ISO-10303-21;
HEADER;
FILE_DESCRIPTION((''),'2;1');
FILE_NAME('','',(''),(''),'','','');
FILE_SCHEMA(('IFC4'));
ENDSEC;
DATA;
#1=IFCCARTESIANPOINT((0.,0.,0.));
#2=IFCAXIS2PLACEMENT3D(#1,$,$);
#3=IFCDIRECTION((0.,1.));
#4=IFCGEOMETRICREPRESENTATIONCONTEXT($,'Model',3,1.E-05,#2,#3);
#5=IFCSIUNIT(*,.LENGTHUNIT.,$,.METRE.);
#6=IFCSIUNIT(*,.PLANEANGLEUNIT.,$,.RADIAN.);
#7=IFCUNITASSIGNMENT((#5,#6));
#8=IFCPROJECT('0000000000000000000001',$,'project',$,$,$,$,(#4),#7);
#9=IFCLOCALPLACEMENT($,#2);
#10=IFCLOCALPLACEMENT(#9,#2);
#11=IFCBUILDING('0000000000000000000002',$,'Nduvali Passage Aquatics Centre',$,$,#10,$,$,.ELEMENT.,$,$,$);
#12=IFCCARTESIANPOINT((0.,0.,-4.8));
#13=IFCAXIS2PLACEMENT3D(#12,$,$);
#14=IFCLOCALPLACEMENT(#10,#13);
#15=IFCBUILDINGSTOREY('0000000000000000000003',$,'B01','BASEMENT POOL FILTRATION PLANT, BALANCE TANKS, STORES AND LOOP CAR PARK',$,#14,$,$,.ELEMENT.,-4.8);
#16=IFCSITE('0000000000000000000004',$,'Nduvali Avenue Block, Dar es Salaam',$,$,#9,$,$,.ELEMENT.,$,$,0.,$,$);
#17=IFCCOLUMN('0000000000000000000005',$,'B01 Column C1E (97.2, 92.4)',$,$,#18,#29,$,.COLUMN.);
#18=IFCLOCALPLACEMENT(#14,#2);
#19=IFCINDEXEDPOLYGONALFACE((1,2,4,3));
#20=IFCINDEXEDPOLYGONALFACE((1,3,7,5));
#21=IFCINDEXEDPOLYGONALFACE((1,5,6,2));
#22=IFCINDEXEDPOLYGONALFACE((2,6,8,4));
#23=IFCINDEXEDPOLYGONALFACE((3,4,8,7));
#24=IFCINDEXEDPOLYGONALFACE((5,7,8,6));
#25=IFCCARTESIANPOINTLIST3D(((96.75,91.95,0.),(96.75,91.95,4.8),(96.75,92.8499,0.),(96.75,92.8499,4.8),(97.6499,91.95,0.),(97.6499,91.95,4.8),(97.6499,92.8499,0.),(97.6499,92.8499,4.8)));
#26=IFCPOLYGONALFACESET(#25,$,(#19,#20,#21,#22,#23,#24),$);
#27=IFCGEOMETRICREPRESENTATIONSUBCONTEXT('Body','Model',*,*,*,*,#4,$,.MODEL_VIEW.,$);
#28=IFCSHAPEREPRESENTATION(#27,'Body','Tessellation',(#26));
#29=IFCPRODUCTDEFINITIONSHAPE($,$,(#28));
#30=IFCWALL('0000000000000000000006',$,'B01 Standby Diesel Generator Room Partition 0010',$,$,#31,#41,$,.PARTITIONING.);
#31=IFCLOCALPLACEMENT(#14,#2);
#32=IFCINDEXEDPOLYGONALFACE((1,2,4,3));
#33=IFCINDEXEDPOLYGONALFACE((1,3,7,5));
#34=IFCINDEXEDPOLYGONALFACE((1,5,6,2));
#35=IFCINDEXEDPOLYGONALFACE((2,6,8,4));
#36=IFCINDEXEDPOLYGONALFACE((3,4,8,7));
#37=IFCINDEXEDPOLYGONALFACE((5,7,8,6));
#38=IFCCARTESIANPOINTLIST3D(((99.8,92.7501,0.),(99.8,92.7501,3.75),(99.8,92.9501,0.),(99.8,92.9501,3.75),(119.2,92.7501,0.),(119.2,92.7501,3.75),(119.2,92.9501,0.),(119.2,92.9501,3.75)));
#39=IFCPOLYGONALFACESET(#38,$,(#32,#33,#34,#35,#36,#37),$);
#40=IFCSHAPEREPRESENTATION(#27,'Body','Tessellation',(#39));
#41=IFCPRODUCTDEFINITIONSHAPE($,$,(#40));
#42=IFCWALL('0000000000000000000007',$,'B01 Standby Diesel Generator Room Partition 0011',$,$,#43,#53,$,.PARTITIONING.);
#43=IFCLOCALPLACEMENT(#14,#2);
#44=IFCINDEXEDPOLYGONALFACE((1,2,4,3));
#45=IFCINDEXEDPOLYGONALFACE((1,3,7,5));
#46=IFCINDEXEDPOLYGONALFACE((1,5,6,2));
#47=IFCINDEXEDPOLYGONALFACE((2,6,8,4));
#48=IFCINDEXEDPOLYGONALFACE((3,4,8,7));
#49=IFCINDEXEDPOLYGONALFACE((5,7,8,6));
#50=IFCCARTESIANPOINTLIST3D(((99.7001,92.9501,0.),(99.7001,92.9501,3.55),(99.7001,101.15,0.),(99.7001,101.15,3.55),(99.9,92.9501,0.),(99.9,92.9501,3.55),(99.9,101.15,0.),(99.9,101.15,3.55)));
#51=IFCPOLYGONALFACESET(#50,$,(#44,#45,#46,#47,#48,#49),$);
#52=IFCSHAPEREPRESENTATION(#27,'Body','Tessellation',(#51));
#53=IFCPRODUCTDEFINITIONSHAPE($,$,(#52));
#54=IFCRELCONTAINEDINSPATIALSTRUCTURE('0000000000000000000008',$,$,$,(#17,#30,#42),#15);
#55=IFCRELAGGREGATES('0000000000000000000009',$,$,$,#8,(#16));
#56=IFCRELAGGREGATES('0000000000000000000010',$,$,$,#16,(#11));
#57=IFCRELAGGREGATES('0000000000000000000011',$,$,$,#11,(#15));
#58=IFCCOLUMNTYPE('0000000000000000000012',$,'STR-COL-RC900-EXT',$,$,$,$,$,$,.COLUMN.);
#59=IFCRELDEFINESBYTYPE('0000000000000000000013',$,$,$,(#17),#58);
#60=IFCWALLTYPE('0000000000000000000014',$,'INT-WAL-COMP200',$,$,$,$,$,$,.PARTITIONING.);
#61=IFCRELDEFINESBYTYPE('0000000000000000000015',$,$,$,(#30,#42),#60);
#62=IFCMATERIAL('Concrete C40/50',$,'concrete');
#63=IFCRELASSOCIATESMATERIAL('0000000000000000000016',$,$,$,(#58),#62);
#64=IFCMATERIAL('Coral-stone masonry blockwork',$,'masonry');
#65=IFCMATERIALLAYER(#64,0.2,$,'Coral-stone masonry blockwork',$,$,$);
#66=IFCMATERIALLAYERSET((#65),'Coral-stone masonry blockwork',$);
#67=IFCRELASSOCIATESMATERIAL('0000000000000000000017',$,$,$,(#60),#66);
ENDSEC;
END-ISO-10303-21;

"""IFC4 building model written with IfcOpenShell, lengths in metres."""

from ifc_helpers import new_model, si_unit, direction, frame, frame_2d, origin, origin_2d, place, context, subcontext, project, spatial, rectangle, extrude, material, layer, layer_set, material_profile, profile_set, type_object, element, save


model = new_model("IFC4")

# Units and contexts
model_context = context("Model", 3, precision=1e-05, world=origin(), true_north=direction((0.0, 1.0)))
body_context = subcontext(model_context, "Body", "Model", "MODEL_VIEW")
ifc_project = project(units=[si_unit("LENGTHUNIT", "METRE"), si_unit("PLANEANGLEUNIT", "RADIAN")], contexts=[model_context])

# Site, building, storey
site_placement = place(None, origin())
site = spatial("IfcSite", under=ifc_project, at=site_placement, Name="Nduvali Avenue Block, Dar es Salaam", CompositionType="ELEMENT", RefElevation=0.0)
building_placement = place(site_placement, origin())
building = spatial("IfcBuilding", under=site, at=building_placement, Name="Nduvali Passage Aquatics Centre", CompositionType="ELEMENT")
storey_placement = place(building_placement, frame((0.0, 0.0, -4.8)))
storey = spatial("IfcBuildingStorey", under=building, at=storey_placement, Name="B01", Description="BASEMENT POOL FILTRATION PLANT, BALANCE TANKS, STORES AND LOOP CAR PARK", CompositionType="ELEMENT", Elevation=-4.8)

# Shared definitions
ifc_material_1 = material(Name="Concrete C40/50", Category="concrete")

# Column
ifc_material_profile_1 = material_profile(ifc_material_1, rectangle(XDim=0.8999, YDim=0.8999, at=origin_2d()), Name="RC 900x900")
ifc_profile_set_1 = profile_set([ifc_material_profile_1], Name="Concrete C40/50")
column_type_1 = type_object("IfcColumnType", Name="STR-COL-RC900-EXT", PredefinedType="COLUMN", material=ifc_profile_set_1)
column_1_placement = place(storey_placement, frame((97.2, 92.3999, 0.0), z_axis=(0.0, 0.0, 1.0), x_axis=(1.0, 0.0, 0.0)))
element("IfcColumn", 1, at=column_1_placement, inside=storey, type_object=column_type_1, Name="B01 Column C1E (97.2, 92.4)", PredefinedType="COLUMN", context=body_context, shape_type="SweptSolid", body=[
    extrude(rectangle(XDim=0.8999, YDim=0.8999, at=origin_2d()), origin(), (0.0, 0.0, 1.0), 4.8),
])

# Walls
ifc_material_2 = material(Name="Coral-stone masonry blockwork", Category="masonry")
ifc_layer = layer(ifc_material_2, 0.2, Name="Coral-stone masonry blockwork")
ifc_layer_set = layer_set([ifc_layer], Name="Coral-stone masonry blockwork")
wall_type = type_object("IfcWallType", Name="INT-WAL-COMP200", PredefinedType="PARTITIONING", material=ifc_layer_set)
wall_1_placement = place(storey_placement, frame((99.8, 92.8501, 0.0), z_axis=(0.0, 0.0, 1.0), x_axis=(1.0, 0.0, 0.0)))
element("IfcWall", 2, at=wall_1_placement, inside=storey, type_object=wall_type, Name="B01 Standby Diesel Generator Room Partition 0010", PredefinedType="PARTITIONING", context=body_context, shape_type="SweptSolid", body=[
    extrude(rectangle(XDim=19.3999, YDim=0.2, at=frame_2d((9.7, 0.0))), origin(), (0.0, 0.0, 1.0), 3.75),
])
wall_2_placement = place(storey_placement, frame((99.8, 92.95, 0.0), z_axis=(0.0, 0.0, 1.0), x_axis=(0.0, 1.0, 0.0)))
element("IfcWall", 3, at=wall_2_placement, inside=storey, type_object=wall_type, Name="B01 Standby Diesel Generator Room Partition 0011", PredefinedType="PARTITIONING", context=body_context, shape_type="SweptSolid", body=[
    extrude(rectangle(XDim=8.2, YDim=0.2, at=frame_2d((4.1001, 0.0))), origin(), (0.0, 0.0, 1.0), 3.55),
])

save(model, "model.ifc")
